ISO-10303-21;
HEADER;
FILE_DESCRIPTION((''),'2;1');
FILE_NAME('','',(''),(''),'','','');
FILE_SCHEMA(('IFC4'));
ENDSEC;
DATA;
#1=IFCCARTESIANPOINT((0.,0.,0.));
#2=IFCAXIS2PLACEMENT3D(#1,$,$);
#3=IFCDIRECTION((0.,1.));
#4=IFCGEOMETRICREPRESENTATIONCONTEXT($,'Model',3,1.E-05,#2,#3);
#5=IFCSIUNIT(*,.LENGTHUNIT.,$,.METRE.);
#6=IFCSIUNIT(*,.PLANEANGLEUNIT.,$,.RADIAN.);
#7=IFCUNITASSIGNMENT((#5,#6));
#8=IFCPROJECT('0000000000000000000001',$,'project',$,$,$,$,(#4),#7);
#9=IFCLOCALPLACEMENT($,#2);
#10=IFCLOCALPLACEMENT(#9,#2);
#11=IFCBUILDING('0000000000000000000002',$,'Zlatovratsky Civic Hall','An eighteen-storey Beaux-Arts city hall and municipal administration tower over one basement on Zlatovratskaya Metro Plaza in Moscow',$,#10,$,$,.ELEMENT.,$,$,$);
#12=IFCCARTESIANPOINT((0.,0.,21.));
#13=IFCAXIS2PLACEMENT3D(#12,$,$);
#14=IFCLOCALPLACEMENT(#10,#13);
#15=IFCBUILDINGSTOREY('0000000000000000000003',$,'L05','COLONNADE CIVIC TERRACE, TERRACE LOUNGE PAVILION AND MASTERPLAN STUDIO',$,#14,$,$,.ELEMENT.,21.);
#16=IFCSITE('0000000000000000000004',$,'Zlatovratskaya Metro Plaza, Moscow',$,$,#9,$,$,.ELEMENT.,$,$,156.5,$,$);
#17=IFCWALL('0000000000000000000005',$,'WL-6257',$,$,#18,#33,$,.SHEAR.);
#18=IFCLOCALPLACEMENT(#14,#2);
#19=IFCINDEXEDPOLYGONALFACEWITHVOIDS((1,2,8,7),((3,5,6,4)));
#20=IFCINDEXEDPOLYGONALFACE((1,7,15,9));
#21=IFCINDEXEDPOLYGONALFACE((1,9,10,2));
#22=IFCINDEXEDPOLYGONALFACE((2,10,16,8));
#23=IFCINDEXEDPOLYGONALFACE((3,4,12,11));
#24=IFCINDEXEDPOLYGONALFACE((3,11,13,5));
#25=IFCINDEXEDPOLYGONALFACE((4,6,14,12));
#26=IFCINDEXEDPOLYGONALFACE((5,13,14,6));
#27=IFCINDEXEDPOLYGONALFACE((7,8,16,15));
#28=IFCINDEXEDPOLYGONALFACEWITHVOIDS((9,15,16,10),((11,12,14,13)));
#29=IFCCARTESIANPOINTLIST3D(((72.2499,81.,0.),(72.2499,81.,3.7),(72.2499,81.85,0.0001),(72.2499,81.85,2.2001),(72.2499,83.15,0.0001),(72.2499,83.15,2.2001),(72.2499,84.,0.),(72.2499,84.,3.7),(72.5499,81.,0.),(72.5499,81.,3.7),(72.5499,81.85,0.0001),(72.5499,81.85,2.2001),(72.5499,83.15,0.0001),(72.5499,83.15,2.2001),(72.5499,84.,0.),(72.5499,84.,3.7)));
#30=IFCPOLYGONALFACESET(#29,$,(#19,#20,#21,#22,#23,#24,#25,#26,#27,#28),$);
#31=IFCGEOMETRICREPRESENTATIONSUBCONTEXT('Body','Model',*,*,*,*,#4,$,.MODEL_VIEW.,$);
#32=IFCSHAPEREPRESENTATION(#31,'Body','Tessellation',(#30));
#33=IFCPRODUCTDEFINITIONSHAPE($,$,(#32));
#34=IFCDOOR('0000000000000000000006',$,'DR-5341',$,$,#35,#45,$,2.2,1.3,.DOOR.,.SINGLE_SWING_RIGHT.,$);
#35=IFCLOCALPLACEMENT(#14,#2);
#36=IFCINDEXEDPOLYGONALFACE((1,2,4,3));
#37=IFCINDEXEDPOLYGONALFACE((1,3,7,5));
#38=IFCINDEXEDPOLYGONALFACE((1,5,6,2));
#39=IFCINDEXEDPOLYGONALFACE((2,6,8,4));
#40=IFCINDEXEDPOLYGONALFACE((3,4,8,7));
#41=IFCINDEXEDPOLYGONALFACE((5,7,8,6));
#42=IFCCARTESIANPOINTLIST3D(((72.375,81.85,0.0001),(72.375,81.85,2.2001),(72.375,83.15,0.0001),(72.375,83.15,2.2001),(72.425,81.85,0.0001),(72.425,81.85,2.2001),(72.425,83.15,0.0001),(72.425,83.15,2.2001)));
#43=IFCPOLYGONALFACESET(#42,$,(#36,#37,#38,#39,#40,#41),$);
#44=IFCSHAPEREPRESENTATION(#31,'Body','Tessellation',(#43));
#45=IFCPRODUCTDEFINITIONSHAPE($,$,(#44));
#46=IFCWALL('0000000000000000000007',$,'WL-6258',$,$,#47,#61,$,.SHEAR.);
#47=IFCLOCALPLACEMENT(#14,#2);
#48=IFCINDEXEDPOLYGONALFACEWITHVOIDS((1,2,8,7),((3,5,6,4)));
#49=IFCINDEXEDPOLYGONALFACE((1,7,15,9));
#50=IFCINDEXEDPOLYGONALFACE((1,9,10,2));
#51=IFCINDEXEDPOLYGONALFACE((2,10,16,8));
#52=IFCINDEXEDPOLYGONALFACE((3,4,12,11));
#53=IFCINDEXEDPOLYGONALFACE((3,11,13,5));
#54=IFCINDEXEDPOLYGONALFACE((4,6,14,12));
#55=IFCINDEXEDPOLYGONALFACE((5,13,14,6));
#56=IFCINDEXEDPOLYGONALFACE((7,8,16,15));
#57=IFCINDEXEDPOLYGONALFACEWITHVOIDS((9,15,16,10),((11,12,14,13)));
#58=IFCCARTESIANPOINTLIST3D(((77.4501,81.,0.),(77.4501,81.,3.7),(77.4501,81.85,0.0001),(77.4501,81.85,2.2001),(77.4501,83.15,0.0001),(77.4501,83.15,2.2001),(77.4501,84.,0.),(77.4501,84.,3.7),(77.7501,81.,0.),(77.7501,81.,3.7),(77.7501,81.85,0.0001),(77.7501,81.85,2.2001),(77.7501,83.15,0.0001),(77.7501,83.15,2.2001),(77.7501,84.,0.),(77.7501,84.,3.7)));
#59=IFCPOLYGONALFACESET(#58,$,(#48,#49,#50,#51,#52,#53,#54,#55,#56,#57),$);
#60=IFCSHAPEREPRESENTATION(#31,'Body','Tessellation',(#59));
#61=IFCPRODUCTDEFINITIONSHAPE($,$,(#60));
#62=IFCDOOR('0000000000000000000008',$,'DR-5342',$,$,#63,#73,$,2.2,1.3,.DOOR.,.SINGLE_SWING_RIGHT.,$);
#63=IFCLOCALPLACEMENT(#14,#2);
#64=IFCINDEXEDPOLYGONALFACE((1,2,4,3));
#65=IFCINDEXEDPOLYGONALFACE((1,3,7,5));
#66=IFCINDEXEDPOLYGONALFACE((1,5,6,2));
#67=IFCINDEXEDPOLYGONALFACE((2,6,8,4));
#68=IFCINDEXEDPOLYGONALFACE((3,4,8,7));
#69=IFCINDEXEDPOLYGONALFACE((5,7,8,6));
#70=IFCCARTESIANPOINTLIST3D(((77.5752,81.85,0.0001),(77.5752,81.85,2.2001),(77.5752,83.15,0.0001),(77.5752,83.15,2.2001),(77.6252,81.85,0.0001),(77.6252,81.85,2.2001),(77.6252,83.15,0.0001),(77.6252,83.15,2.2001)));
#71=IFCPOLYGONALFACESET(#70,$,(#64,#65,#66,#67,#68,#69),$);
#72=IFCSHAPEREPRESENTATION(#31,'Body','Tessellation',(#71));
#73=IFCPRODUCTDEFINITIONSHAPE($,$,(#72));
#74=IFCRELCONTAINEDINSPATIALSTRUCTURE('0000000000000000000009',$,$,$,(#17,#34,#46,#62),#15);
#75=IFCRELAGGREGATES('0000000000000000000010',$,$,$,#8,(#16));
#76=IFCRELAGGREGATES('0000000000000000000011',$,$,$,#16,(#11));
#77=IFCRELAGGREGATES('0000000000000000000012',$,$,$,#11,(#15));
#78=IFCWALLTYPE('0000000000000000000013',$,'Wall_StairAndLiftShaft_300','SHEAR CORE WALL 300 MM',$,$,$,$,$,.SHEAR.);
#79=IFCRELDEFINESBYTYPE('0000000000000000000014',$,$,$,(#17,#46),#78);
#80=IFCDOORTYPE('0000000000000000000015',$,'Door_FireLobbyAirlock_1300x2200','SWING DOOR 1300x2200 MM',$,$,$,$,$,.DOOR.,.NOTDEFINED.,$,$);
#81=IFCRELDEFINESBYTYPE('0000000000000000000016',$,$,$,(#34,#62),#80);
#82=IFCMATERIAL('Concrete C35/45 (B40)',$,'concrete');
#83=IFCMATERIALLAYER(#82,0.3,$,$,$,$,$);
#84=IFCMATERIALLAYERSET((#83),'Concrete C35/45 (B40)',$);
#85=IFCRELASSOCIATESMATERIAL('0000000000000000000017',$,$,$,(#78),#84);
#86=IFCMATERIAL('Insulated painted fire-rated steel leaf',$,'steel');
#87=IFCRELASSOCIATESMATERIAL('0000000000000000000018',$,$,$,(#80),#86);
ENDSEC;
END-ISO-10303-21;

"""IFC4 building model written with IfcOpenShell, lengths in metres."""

from ifc_helpers import new_model, si_unit, direction, frame, frame_2d, origin, place, context, subcontext, project, spatial, rectangle, extrude, material, layer, layer_set, type_object, element, fill, save


model = new_model("IFC4")

# Units and contexts
model_context = context("Model", 3, precision=1e-05, world=origin(), true_north=direction((0.0, 1.0)))
body_context = subcontext(model_context, "Body", "Model", "MODEL_VIEW")
ifc_project = project(units=[si_unit("LENGTHUNIT", "METRE"), si_unit("PLANEANGLEUNIT", "RADIAN")], contexts=[model_context])

# Site, building, storey
site_placement = place(None, origin())
site = spatial("IfcSite", under=ifc_project, at=site_placement, Name="Zlatovratskaya Metro Plaza, Moscow", CompositionType="ELEMENT", RefElevation=156.5)
building_placement = place(site_placement, origin())
building = spatial("IfcBuilding", under=site, at=building_placement, Name="Zlatovratsky Civic Hall", Description="An eighteen-storey Beaux-Arts city hall and municipal administration tower over one basement on Zlatovratskaya Metro Plaza in Moscow", CompositionType="ELEMENT")
storey_placement = place(building_placement, frame((0.0, 0.0, 21.0)))
storey = spatial("IfcBuildingStorey", under=building, at=storey_placement, Name="L05", Description="COLONNADE CIVIC TERRACE, TERRACE LOUNGE PAVILION AND MASTERPLAN STUDIO", CompositionType="ELEMENT", Elevation=21.0)

# Shared definitions
ifc_material_1 = material(Name="Concrete C35/45 (B40)", Category="concrete")

# Shared definitions
ifc_layer_1 = layer(ifc_material_1, 0.3)
ifc_layer_set_1 = layer_set([ifc_layer_1], Name="Concrete C35/45 (B40)")
wall_type_1 = type_object("IfcWallType", Name="Wall_StairAndLiftShaft_300", Description="SHEAR CORE WALL 300 MM", PredefinedType="SHEAR", material=ifc_layer_set_1)

# Walls, openings, doors
wall_1_placement = place(storey_placement, frame((72.3999, 81.0, 0.0), z_axis=(0.0, 0.0, 1.0), x_axis=(0.0, 1.0, 0.0)))
wall_1 = element("IfcWall", 1, at=wall_1_placement, inside=storey, type_object=wall_type_1, Name="WL-6257", PredefinedType="SHEAR", context=body_context, shape_type="SweptSolid", body=[
    extrude(rectangle(XDim=3.0, YDim=0.3, at=frame_2d((1.5, 0.0))), origin(), (0.0, 0.0, 1.0), 3.7),
])
opening_1_placement = place(wall_1_placement, frame((0.8501, 0.0, 0.0)))
opening_1 = element("IfcOpeningElement", 2, at=opening_1_placement, cuts=wall_1, PredefinedType="OPENING", context=body_context, shape_type="SweptSolid", body=[
    extrude(rectangle(XDim=1.3, YDim=2.2, at=frame_2d((0.6499, 1.1001))), frame((0.0, 0.165, 0.0), z_axis=(0.0, -1.0, 0.0), x_axis=(1.0, 0.0, 0.0)), (0.0, 0.0, 1.0), 0.3298),
])
ifc_material_2 = material(Name="Insulated painted fire-rated steel leaf", Category="steel")
door_type_1 = type_object("IfcDoorType", Name="Door_FireLobbyAirlock_1300x2200", Description="SWING DOOR 1300x2200 MM", OperationType="NOTDEFINED", PredefinedType="DOOR", material=ifc_material_2)
door_1_placement = place(opening_1_placement, origin())
door_1 = element("IfcDoor", 3, at=door_1_placement, inside=storey, type_object=door_type_1, Name="DR-5341", OperationType="SINGLE_SWING_RIGHT", OverallHeight=2.2, OverallWidth=1.3, PredefinedType="DOOR", context=body_context, shape_type="SweptSolid", body=[
    extrude(rectangle(XDim=1.3, YDim=2.2, at=frame_2d((0.6499, 1.1001))), frame((0.0, 0.0249, 0.0), z_axis=(0.0, -1.0, 0.0), x_axis=(1.0, 0.0, 0.0)), (0.0, 0.0, 1.0), 0.05),
])
fill(opening_1, door_1)
wall_2_placement = place(storey_placement, frame((77.6001, 81.0, 0.0), z_axis=(0.0, 0.0, 1.0), x_axis=(0.0, 1.0, 0.0)))
wall_2 = element("IfcWall", 4, at=wall_2_placement, inside=storey, type_object=wall_type_1, Name="WL-6258", PredefinedType="SHEAR", context=body_context, shape_type="SweptSolid", body=[
    extrude(rectangle(XDim=3.0, YDim=0.3, at=frame_2d((1.5, 0.0))), origin(), (0.0, 0.0, 1.0), 3.7),
])
opening_2_placement = place(wall_2_placement, frame((0.8501, 0.0, 0.0)))
opening_2 = element("IfcOpeningElement", 5, at=opening_2_placement, cuts=wall_2, PredefinedType="OPENING", context=body_context, shape_type="SweptSolid", body=[
    extrude(rectangle(XDim=1.3, YDim=2.2, at=frame_2d((0.6499, 1.1001))), frame((0.0, 0.165, 0.0), z_axis=(0.0, -1.0, 0.0), x_axis=(1.0, 0.0, 0.0)), (0.0, 0.0, 1.0), 0.3298),
])
door_2_placement = place(opening_2_placement, origin())
door_2 = element("IfcDoor", 6, at=door_2_placement, inside=storey, type_object=door_type_1, Name="DR-5342", OperationType="SINGLE_SWING_RIGHT", OverallHeight=2.2, OverallWidth=1.3, PredefinedType="DOOR", context=body_context, shape_type="SweptSolid", body=[
    extrude(rectangle(XDim=1.3, YDim=2.2, at=frame_2d((0.6499, 1.1001))), frame((0.0, 0.0249, 0.0), z_axis=(0.0, -1.0, 0.0), x_axis=(1.0, 0.0, 0.0)), (0.0, 0.0, 1.0), 0.05),
])
fill(opening_2, door_2)

save(model, "model.ifc")
